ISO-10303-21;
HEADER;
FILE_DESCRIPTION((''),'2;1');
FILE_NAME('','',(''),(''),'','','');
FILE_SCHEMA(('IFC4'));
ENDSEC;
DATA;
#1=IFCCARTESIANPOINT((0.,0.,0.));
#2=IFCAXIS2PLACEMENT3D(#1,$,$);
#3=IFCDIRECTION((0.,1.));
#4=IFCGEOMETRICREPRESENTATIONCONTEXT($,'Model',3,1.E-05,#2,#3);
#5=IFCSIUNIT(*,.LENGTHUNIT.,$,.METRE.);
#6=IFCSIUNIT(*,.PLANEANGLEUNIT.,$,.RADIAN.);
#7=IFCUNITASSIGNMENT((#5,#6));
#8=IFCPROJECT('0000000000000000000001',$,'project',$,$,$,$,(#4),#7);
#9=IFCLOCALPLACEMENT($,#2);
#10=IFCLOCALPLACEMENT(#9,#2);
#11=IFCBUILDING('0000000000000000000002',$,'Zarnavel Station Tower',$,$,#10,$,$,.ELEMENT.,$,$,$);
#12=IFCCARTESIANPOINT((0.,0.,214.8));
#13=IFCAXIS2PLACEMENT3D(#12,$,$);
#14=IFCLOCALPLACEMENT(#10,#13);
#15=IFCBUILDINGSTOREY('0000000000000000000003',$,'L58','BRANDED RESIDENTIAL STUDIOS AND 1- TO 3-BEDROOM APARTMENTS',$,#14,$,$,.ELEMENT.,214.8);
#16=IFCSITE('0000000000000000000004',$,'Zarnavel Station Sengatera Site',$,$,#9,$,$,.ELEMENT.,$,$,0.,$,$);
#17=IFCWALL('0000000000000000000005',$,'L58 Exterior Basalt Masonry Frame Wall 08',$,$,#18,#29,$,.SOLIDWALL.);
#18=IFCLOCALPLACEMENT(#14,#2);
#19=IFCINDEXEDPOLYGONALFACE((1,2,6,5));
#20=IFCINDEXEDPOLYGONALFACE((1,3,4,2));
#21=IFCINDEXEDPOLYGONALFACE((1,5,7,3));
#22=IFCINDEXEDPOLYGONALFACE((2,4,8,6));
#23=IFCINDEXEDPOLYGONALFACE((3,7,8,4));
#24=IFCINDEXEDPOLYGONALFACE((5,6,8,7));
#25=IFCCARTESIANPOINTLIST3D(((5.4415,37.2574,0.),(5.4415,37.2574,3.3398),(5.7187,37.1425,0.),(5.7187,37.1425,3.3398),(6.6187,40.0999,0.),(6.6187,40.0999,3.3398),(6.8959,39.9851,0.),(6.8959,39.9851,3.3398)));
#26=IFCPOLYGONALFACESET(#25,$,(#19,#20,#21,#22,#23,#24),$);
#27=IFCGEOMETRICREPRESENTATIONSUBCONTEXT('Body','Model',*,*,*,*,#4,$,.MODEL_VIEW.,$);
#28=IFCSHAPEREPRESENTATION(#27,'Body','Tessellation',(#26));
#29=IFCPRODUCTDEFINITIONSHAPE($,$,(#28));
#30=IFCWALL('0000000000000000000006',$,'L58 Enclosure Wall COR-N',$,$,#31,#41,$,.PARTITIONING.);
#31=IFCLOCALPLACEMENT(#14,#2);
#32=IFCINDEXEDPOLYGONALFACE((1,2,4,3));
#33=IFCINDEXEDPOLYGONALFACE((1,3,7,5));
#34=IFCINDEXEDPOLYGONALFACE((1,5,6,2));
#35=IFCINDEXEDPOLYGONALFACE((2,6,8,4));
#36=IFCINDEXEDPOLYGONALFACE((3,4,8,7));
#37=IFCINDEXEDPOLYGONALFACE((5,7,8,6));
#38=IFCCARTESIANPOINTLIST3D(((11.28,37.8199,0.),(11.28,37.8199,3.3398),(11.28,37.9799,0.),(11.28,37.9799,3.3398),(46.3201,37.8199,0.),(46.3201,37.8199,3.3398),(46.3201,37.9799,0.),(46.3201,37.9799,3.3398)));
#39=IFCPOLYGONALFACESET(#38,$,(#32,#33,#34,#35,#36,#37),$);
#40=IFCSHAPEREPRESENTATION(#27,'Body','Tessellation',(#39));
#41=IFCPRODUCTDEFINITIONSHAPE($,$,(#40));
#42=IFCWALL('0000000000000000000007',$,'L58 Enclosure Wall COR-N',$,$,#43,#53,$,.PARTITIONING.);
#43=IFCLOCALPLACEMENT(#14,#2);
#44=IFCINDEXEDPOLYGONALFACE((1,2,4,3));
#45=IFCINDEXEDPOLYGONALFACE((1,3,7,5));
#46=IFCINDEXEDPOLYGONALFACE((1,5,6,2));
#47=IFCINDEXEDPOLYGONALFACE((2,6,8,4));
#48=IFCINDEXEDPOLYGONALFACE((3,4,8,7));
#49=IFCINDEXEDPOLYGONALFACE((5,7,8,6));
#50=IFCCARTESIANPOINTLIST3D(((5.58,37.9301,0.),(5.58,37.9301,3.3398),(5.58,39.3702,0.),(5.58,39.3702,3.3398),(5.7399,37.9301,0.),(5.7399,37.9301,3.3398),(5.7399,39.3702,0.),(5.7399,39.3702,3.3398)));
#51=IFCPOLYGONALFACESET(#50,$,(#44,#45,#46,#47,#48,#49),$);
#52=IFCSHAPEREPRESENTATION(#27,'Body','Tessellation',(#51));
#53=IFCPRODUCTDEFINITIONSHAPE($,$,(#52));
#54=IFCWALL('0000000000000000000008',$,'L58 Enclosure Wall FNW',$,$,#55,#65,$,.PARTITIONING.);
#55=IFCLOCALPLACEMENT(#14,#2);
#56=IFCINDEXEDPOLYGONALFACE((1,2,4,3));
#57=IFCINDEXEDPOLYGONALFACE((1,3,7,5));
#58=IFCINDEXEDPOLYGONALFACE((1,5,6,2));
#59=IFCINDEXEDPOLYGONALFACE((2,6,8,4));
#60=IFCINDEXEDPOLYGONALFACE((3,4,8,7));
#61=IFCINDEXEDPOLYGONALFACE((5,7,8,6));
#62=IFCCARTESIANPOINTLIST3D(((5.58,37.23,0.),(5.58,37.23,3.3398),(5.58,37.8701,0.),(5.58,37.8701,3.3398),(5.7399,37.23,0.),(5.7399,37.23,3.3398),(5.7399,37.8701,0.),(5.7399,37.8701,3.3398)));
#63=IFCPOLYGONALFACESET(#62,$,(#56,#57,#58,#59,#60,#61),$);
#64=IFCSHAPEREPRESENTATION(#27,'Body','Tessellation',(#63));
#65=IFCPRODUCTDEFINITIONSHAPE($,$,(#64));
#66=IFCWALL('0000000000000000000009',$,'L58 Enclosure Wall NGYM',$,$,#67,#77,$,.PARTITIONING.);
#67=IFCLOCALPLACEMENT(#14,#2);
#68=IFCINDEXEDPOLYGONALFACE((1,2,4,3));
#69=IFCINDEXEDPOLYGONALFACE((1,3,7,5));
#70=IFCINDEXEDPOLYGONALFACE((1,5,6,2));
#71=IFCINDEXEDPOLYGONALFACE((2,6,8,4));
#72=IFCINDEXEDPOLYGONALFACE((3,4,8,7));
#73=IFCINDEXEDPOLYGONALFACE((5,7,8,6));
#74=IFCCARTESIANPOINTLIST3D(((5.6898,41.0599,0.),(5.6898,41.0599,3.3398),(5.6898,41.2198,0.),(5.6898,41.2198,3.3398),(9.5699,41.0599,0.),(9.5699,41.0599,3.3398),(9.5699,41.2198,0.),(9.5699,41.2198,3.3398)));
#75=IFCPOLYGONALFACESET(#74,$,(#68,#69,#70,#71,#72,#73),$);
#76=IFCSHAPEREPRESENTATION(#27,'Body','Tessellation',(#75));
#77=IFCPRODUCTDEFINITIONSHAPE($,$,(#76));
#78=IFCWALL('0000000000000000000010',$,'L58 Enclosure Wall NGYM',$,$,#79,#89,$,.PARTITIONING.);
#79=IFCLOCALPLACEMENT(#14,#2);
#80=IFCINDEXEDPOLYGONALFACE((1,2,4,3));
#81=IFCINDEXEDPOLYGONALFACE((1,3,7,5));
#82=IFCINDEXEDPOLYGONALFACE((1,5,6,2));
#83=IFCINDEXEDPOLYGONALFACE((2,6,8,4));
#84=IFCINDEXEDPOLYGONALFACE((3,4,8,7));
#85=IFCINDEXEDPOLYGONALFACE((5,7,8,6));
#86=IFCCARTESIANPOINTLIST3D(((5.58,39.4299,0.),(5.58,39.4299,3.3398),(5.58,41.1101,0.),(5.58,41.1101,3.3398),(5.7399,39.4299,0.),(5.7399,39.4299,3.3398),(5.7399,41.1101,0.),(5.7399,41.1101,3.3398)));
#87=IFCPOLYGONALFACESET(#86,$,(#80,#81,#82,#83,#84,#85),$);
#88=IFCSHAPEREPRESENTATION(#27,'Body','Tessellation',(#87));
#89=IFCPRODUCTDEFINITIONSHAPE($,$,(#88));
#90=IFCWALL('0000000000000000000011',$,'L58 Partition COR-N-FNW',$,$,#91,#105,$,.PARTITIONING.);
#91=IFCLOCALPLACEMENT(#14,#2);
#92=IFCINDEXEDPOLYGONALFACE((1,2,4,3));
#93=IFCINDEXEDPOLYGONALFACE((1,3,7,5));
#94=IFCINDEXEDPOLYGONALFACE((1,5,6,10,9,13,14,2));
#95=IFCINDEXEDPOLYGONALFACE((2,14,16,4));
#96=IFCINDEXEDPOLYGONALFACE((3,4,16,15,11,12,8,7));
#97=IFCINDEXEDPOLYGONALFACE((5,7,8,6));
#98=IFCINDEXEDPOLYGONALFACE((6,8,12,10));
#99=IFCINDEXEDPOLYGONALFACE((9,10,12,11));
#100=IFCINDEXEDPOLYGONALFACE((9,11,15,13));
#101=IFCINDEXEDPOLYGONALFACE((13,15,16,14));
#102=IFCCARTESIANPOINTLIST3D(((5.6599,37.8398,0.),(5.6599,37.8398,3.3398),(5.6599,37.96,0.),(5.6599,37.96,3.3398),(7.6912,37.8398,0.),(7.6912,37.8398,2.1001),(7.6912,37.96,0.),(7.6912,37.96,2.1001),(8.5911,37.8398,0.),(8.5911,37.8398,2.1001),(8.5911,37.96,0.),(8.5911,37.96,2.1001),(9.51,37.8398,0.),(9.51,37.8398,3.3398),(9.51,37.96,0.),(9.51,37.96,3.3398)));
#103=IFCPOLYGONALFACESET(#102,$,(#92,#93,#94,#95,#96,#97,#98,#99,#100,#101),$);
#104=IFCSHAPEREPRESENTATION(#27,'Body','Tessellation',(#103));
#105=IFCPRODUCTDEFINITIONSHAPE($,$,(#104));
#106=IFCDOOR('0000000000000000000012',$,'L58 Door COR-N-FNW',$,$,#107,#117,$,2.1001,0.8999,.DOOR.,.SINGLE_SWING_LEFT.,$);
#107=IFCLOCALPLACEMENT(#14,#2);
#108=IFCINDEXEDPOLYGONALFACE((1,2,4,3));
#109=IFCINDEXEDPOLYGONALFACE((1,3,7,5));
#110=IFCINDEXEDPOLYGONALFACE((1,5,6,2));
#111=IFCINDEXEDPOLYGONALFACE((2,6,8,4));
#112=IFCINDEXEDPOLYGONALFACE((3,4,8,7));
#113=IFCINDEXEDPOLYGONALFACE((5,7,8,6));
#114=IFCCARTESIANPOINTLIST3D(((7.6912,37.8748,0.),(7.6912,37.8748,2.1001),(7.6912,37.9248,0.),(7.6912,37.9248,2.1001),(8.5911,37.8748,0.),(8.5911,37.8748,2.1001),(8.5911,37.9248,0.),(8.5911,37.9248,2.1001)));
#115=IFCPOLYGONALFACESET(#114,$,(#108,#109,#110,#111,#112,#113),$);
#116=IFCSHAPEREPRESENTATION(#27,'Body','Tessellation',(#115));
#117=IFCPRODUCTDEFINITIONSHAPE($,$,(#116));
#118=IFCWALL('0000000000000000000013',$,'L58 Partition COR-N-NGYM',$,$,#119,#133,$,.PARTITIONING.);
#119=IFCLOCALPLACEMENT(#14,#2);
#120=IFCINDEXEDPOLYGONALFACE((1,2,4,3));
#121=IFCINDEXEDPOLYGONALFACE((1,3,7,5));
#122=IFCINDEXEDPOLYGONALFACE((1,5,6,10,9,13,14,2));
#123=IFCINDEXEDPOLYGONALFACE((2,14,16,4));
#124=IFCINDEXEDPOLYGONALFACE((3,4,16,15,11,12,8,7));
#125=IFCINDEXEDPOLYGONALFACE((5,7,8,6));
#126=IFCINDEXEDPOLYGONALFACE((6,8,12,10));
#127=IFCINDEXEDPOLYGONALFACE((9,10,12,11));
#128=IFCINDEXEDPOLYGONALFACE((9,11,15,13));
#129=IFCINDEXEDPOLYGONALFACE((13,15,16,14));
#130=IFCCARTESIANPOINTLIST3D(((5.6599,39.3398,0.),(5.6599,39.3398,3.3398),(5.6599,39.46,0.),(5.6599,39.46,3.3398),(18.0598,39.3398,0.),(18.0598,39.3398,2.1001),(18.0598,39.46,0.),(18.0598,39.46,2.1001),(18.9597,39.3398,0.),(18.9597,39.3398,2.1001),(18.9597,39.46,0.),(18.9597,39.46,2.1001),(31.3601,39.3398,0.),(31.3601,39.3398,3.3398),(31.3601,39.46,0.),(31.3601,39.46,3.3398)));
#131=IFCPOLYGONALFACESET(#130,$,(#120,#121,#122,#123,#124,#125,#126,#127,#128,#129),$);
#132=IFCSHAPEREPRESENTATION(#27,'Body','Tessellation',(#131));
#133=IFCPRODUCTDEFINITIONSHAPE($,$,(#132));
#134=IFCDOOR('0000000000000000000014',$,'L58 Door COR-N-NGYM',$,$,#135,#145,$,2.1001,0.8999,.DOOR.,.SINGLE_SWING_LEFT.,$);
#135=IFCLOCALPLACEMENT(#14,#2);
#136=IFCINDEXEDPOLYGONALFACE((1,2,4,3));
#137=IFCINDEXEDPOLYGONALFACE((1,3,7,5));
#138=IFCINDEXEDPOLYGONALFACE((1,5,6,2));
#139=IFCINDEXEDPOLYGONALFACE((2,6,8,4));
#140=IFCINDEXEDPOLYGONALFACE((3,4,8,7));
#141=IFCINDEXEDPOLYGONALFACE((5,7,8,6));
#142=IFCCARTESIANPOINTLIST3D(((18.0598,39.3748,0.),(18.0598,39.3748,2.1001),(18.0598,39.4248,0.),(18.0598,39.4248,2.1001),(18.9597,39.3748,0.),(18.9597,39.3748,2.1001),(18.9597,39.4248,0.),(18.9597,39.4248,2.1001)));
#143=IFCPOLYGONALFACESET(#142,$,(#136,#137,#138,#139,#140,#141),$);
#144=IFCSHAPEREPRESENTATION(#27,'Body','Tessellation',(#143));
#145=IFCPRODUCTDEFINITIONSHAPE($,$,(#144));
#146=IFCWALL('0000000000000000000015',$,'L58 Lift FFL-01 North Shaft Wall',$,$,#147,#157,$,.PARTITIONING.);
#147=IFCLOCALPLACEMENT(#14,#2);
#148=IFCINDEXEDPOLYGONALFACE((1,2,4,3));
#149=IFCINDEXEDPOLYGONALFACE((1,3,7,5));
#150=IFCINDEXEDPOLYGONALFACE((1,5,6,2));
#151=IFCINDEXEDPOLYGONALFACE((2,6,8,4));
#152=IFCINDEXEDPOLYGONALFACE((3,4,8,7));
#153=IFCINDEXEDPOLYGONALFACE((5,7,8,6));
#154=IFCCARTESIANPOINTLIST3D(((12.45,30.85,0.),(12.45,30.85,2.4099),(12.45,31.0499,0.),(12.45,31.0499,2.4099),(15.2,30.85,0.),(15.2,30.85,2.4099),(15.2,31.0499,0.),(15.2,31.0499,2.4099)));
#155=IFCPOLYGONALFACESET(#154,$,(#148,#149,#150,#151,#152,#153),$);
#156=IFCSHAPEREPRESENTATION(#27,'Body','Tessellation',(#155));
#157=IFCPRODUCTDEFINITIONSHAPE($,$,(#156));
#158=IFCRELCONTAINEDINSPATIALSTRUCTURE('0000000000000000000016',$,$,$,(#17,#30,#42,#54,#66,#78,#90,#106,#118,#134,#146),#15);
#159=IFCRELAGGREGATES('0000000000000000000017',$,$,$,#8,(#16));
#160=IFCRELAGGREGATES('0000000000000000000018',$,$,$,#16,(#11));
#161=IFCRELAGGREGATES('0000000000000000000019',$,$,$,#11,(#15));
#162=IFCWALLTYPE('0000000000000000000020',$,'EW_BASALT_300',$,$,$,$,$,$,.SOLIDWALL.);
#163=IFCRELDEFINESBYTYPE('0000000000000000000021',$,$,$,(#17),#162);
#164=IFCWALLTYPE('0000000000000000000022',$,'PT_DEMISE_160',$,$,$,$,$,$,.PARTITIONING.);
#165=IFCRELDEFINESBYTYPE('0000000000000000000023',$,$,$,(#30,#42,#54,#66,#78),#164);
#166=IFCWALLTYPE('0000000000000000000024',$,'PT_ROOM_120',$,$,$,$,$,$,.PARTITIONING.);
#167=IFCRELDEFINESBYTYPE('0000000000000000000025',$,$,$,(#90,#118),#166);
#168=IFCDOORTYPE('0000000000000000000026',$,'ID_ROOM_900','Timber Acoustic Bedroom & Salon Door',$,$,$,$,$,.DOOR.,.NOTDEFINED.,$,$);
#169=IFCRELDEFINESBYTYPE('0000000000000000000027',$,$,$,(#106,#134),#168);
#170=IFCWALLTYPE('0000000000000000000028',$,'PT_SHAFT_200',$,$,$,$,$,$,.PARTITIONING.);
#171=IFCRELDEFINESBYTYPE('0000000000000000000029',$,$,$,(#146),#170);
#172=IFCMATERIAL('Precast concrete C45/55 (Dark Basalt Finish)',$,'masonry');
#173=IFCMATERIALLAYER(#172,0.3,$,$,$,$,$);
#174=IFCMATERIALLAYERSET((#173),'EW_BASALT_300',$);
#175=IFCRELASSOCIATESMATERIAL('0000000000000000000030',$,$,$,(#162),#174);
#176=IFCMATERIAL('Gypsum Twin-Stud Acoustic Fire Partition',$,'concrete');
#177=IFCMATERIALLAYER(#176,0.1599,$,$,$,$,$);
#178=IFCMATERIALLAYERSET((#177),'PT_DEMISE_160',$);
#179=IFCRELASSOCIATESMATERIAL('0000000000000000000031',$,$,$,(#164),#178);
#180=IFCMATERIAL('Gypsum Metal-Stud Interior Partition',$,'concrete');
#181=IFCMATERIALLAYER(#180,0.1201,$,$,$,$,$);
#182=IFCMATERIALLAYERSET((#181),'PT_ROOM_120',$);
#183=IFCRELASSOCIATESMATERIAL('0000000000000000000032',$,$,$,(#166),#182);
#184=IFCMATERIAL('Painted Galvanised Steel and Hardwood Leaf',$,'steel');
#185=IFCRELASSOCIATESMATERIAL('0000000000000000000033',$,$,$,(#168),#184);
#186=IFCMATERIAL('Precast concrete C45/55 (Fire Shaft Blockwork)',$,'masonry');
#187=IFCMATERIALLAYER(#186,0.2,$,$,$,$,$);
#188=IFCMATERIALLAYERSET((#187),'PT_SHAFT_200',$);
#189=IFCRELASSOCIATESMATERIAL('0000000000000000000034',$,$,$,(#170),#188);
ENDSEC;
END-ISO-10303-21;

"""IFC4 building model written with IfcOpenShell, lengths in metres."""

from ifc_helpers import new_model, si_unit, direction, frame, frame_2d, origin, place, context, subcontext, project, spatial, rectangle, extrude, material, layer, layer_set, type_object, element, fill, save


model = new_model("IFC4")

# Units and contexts
model_context = context("Model", 3, precision=1e-05, world=origin(), true_north=direction((0.0, 1.0)))
body_context = subcontext(model_context, "Body", "Model", "MODEL_VIEW")
ifc_project = project(units=[si_unit("LENGTHUNIT", "METRE"), si_unit("PLANEANGLEUNIT", "RADIAN")], contexts=[model_context])

# Site, building, storey
site_placement = place(None, origin())
site = spatial("IfcSite", under=ifc_project, at=site_placement, Name="Zarnavel Station Sengatera Site", CompositionType="ELEMENT", RefElevation=0.0)
building_placement = place(site_placement, origin())
building = spatial("IfcBuilding", under=site, at=building_placement, Name="Zarnavel Station Tower", CompositionType="ELEMENT")
storey_placement = place(building_placement, frame((0.0, 0.0, 214.8)))
storey = spatial("IfcBuildingStorey", under=building, at=storey_placement, Name="L58", Description="BRANDED RESIDENTIAL STUDIOS AND 1- TO 3-BEDROOM APARTMENTS", CompositionType="ELEMENT", Elevation=214.8)

# Shared definitions
ifc_material_1 = material(Name="Precast concrete C45/55 (Dark Basalt Finish)", Category="masonry")
ifc_layer_1 = layer(ifc_material_1, 0.3)
ifc_layer_set_1 = layer_set([ifc_layer_1], Name="EW_BASALT_300")
wall_type_1 = type_object("IfcWallType", Name="EW_BASALT_300", PredefinedType="SOLIDWALL", material=ifc_layer_set_1)

# Walls
wall_1_placement = place(storey_placement, frame((5.5801, 37.2, 0.0), z_axis=(0.0, 0.0, 1.0), x_axis=(0.382637, 0.923899, 0.0)))
element("IfcWall", 1, at=wall_1_placement, inside=storey, type_object=wall_type_1, Name="L58 Exterior Basalt Masonry Frame Wall 08", PredefinedType="SOLIDWALL", context=body_context, shape_type="SweptSolid", body=[
    extrude(rectangle(XDim=3.0767, YDim=0.3, at=frame_2d((1.5383, 0.0))), origin(), (0.0, 0.0, 1.0), 3.3398),
])
ifc_material_2 = material(Name="Gypsum Twin-Stud Acoustic Fire Partition", Category="concrete")
ifc_layer_2 = layer(ifc_material_2, 0.1599)
ifc_layer_set_2 = layer_set([ifc_layer_2], Name="PT_DEMISE_160")
wall_type_2 = type_object("IfcWallType", Name="PT_DEMISE_160", PredefinedType="PARTITIONING", material=ifc_layer_set_2)
wall_2_placement = place(storey_placement, frame((11.28, 37.8999, 0.0), z_axis=(0.0, 0.0, 1.0), x_axis=(1.0, 0.0, 0.0)))
element("IfcWall", 2, at=wall_2_placement, inside=storey, type_object=wall_type_2, Name="L58 Enclosure Wall COR-N", PredefinedType="PARTITIONING", context=body_context, shape_type="SweptSolid", body=[
    extrude(rectangle(XDim=35.04, YDim=0.1599, at=frame_2d((17.52, 0.0))), origin(), (0.0, 0.0, 1.0), 3.3398),
])
wall_3_placement = place(storey_placement, frame((5.6599, 37.9299, 0.0), z_axis=(0.0, 0.0, 1.0), x_axis=(0.0, 1.0, 0.0)))
element("IfcWall", 3, at=wall_3_placement, inside=storey, type_object=wall_type_2, Name="L58 Enclosure Wall COR-N", PredefinedType="PARTITIONING", context=body_context, shape_type="SweptSolid", body=[
    extrude(rectangle(XDim=1.4402, YDim=0.1599, at=frame_2d((0.7202, 0.0))), origin(), (0.0, 0.0, 1.0), 3.3398),
])
wall_4_placement = place(storey_placement, frame((5.6599, 37.23, 0.0), z_axis=(0.0, 0.0, 1.0), x_axis=(0.0, 1.0, 0.0)))
element("IfcWall", 4, at=wall_4_placement, inside=storey, type_object=wall_type_2, Name="L58 Enclosure Wall FNW", PredefinedType="PARTITIONING", context=body_context, shape_type="SweptSolid", body=[
    extrude(rectangle(XDim=0.6401, YDim=0.1599, at=frame_2d((0.3201, 0.0))), origin(), (0.0, 0.0, 1.0), 3.3398),
])
wall_5_placement = place(storey_placement, frame((5.6899, 41.1399, 0.0), z_axis=(0.0, 0.0, 1.0), x_axis=(1.0, 0.0, 0.0)))
element("IfcWall", 5, at=wall_5_placement, inside=storey, type_object=wall_type_2, Name="L58 Enclosure Wall NGYM", PredefinedType="PARTITIONING", context=body_context, shape_type="SweptSolid", body=[
    extrude(rectangle(XDim=3.8801, YDim=0.1599, at=frame_2d((1.9399, 0.0))), origin(), (0.0, 0.0, 1.0), 3.3398),
])
wall_6_placement = place(storey_placement, frame((5.6599, 39.4299, 0.0), z_axis=(0.0, 0.0, 1.0), x_axis=(0.0, 1.0, 0.0)))
element("IfcWall", 6, at=wall_6_placement, inside=storey, type_object=wall_type_2, Name="L58 Enclosure Wall NGYM", PredefinedType="PARTITIONING", context=body_context, shape_type="SweptSolid", body=[
    extrude(rectangle(XDim=1.6802, YDim=0.1599, at=frame_2d((0.8401, 0.0))), origin(), (0.0, 0.0, 1.0), 3.3398),
])

# Walls, openings, doors
ifc_material_3 = material(Name="Gypsum Metal-Stud Interior Partition", Category="concrete")
ifc_layer_3 = layer(ifc_material_3, 0.1201)
ifc_layer_set_3 = layer_set([ifc_layer_3], Name="PT_ROOM_120")
wall_type_3 = type_object("IfcWallType", Name="PT_ROOM_120", PredefinedType="PARTITIONING", material=ifc_layer_set_3)
wall_7_placement = place(storey_placement, frame((5.6599, 37.8999, 0.0), z_axis=(0.0, 0.0, 1.0), x_axis=(1.0, 0.0, 0.0)))
wall_7 = element("IfcWall", 7, at=wall_7_placement, inside=storey, type_object=wall_type_3, Name="L58 Partition COR-N-FNW", PredefinedType="PARTITIONING", context=body_context, shape_type="SweptSolid", body=[
    extrude(rectangle(XDim=3.8501, YDim=0.1201, at=frame_2d((1.925, 0.0))), origin(), (0.0, 0.0, 1.0), 3.3398),
])
opening_1_placement = place(wall_7_placement, frame((2.0312, 0.0, 0.0)))
opening_1 = element("IfcOpeningElement", 8, at=opening_1_placement, cuts=wall_7, PredefinedType="OPENING", context=body_context, shape_type="SweptSolid", body=[
    extrude(rectangle(XDim=0.8999, YDim=2.1001, at=frame_2d((0.45, 1.05))), frame((0.0, 0.0701, 0.0), z_axis=(0.0, -1.0, 0.0), x_axis=(1.0, 0.0, 0.0)), (0.0, 0.0, 1.0), 0.1401),
])
ifc_material_4 = material(Name="Painted Galvanised Steel and Hardwood Leaf", Category="steel")
door_type_1 = type_object("IfcDoorType", Name="ID_ROOM_900", Description="Timber Acoustic Bedroom & Salon Door", OperationType="NOTDEFINED", PredefinedType="DOOR", material=ifc_material_4)
door_1_placement = place(opening_1_placement, origin())
door_1 = element("IfcDoor", 9, at=door_1_placement, inside=storey, type_object=door_type_1, Name="L58 Door COR-N-FNW", OperationType="SINGLE_SWING_LEFT", OverallHeight=2.1001, OverallWidth=0.8999, PredefinedType="DOOR", context=body_context, shape_type="SweptSolid", body=[
    extrude(rectangle(XDim=0.8999, YDim=2.1001, at=frame_2d((0.45, 1.05))), frame((0.0, 0.0249, 0.0), z_axis=(0.0, -1.0, 0.0), x_axis=(1.0, 0.0, 0.0)), (0.0, 0.0, 1.0), 0.05),
])
fill(opening_1, door_1)
wall_8_placement = place(storey_placement, frame((5.6599, 39.3999, 0.0), z_axis=(0.0, 0.0, 1.0), x_axis=(1.0, 0.0, 0.0)))
wall_8 = element("IfcWall", 10, at=wall_8_placement, inside=storey, type_object=wall_type_3, Name="L58 Partition COR-N-NGYM", PredefinedType="PARTITIONING", context=body_context, shape_type="SweptSolid", body=[
    extrude(rectangle(XDim=25.7002, YDim=0.1201, at=frame_2d((12.8501, 0.0))), origin(), (0.0, 0.0, 1.0), 3.3398),
])
opening_2_placement = place(wall_8_placement, frame((12.3999, 0.0, 0.0)))
opening_2 = element("IfcOpeningElement", 11, at=opening_2_placement, cuts=wall_8, PredefinedType="OPENING", context=body_context, shape_type="SweptSolid", body=[
    extrude(rectangle(XDim=0.8999, YDim=2.1001, at=frame_2d((0.45, 1.05))), frame((0.0, 0.0701, 0.0), z_axis=(0.0, -1.0, 0.0), x_axis=(1.0, 0.0, 0.0)), (0.0, 0.0, 1.0), 0.1401),
])
door_2_placement = place(opening_2_placement, origin())
door_2 = element("IfcDoor", 12, at=door_2_placement, inside=storey, type_object=door_type_1, Name="L58 Door COR-N-NGYM", OperationType="SINGLE_SWING_LEFT", OverallHeight=2.1001, OverallWidth=0.8999, PredefinedType="DOOR", context=body_context, shape_type="SweptSolid", body=[
    extrude(rectangle(XDim=0.8999, YDim=2.1001, at=frame_2d((0.45, 1.05))), frame((0.0, 0.0249, 0.0), z_axis=(0.0, -1.0, 0.0), x_axis=(1.0, 0.0, 0.0)), (0.0, 0.0, 1.0), 0.05),
])
fill(opening_2, door_2)
ifc_material_5 = material(Name="Precast concrete C45/55 (Fire Shaft Blockwork)", Category="masonry")
ifc_layer_4 = layer(ifc_material_5, 0.2)
ifc_layer_set_4 = layer_set([ifc_layer_4], Name="PT_SHAFT_200")
wall_type_4 = type_object("IfcWallType", Name="PT_SHAFT_200", PredefinedType="PARTITIONING", material=ifc_layer_set_4)

# Wall
wall_9_placement = place(storey_placement, frame((12.45, 30.95, 0.0), z_axis=(0.0, 0.0, 1.0), x_axis=(1.0, 0.0, 0.0)))
element("IfcWall", 13, at=wall_9_placement, inside=storey, type_object=wall_type_4, Name="L58 Lift FFL-01 North Shaft Wall", PredefinedType="PARTITIONING", context=body_context, shape_type="SweptSolid", body=[
    extrude(rectangle(XDim=2.75, YDim=0.2, at=frame_2d((1.375, 0.0))), origin(), (0.0, 0.0, 1.0), 2.4099),
])

save(model, "model.ifc")
